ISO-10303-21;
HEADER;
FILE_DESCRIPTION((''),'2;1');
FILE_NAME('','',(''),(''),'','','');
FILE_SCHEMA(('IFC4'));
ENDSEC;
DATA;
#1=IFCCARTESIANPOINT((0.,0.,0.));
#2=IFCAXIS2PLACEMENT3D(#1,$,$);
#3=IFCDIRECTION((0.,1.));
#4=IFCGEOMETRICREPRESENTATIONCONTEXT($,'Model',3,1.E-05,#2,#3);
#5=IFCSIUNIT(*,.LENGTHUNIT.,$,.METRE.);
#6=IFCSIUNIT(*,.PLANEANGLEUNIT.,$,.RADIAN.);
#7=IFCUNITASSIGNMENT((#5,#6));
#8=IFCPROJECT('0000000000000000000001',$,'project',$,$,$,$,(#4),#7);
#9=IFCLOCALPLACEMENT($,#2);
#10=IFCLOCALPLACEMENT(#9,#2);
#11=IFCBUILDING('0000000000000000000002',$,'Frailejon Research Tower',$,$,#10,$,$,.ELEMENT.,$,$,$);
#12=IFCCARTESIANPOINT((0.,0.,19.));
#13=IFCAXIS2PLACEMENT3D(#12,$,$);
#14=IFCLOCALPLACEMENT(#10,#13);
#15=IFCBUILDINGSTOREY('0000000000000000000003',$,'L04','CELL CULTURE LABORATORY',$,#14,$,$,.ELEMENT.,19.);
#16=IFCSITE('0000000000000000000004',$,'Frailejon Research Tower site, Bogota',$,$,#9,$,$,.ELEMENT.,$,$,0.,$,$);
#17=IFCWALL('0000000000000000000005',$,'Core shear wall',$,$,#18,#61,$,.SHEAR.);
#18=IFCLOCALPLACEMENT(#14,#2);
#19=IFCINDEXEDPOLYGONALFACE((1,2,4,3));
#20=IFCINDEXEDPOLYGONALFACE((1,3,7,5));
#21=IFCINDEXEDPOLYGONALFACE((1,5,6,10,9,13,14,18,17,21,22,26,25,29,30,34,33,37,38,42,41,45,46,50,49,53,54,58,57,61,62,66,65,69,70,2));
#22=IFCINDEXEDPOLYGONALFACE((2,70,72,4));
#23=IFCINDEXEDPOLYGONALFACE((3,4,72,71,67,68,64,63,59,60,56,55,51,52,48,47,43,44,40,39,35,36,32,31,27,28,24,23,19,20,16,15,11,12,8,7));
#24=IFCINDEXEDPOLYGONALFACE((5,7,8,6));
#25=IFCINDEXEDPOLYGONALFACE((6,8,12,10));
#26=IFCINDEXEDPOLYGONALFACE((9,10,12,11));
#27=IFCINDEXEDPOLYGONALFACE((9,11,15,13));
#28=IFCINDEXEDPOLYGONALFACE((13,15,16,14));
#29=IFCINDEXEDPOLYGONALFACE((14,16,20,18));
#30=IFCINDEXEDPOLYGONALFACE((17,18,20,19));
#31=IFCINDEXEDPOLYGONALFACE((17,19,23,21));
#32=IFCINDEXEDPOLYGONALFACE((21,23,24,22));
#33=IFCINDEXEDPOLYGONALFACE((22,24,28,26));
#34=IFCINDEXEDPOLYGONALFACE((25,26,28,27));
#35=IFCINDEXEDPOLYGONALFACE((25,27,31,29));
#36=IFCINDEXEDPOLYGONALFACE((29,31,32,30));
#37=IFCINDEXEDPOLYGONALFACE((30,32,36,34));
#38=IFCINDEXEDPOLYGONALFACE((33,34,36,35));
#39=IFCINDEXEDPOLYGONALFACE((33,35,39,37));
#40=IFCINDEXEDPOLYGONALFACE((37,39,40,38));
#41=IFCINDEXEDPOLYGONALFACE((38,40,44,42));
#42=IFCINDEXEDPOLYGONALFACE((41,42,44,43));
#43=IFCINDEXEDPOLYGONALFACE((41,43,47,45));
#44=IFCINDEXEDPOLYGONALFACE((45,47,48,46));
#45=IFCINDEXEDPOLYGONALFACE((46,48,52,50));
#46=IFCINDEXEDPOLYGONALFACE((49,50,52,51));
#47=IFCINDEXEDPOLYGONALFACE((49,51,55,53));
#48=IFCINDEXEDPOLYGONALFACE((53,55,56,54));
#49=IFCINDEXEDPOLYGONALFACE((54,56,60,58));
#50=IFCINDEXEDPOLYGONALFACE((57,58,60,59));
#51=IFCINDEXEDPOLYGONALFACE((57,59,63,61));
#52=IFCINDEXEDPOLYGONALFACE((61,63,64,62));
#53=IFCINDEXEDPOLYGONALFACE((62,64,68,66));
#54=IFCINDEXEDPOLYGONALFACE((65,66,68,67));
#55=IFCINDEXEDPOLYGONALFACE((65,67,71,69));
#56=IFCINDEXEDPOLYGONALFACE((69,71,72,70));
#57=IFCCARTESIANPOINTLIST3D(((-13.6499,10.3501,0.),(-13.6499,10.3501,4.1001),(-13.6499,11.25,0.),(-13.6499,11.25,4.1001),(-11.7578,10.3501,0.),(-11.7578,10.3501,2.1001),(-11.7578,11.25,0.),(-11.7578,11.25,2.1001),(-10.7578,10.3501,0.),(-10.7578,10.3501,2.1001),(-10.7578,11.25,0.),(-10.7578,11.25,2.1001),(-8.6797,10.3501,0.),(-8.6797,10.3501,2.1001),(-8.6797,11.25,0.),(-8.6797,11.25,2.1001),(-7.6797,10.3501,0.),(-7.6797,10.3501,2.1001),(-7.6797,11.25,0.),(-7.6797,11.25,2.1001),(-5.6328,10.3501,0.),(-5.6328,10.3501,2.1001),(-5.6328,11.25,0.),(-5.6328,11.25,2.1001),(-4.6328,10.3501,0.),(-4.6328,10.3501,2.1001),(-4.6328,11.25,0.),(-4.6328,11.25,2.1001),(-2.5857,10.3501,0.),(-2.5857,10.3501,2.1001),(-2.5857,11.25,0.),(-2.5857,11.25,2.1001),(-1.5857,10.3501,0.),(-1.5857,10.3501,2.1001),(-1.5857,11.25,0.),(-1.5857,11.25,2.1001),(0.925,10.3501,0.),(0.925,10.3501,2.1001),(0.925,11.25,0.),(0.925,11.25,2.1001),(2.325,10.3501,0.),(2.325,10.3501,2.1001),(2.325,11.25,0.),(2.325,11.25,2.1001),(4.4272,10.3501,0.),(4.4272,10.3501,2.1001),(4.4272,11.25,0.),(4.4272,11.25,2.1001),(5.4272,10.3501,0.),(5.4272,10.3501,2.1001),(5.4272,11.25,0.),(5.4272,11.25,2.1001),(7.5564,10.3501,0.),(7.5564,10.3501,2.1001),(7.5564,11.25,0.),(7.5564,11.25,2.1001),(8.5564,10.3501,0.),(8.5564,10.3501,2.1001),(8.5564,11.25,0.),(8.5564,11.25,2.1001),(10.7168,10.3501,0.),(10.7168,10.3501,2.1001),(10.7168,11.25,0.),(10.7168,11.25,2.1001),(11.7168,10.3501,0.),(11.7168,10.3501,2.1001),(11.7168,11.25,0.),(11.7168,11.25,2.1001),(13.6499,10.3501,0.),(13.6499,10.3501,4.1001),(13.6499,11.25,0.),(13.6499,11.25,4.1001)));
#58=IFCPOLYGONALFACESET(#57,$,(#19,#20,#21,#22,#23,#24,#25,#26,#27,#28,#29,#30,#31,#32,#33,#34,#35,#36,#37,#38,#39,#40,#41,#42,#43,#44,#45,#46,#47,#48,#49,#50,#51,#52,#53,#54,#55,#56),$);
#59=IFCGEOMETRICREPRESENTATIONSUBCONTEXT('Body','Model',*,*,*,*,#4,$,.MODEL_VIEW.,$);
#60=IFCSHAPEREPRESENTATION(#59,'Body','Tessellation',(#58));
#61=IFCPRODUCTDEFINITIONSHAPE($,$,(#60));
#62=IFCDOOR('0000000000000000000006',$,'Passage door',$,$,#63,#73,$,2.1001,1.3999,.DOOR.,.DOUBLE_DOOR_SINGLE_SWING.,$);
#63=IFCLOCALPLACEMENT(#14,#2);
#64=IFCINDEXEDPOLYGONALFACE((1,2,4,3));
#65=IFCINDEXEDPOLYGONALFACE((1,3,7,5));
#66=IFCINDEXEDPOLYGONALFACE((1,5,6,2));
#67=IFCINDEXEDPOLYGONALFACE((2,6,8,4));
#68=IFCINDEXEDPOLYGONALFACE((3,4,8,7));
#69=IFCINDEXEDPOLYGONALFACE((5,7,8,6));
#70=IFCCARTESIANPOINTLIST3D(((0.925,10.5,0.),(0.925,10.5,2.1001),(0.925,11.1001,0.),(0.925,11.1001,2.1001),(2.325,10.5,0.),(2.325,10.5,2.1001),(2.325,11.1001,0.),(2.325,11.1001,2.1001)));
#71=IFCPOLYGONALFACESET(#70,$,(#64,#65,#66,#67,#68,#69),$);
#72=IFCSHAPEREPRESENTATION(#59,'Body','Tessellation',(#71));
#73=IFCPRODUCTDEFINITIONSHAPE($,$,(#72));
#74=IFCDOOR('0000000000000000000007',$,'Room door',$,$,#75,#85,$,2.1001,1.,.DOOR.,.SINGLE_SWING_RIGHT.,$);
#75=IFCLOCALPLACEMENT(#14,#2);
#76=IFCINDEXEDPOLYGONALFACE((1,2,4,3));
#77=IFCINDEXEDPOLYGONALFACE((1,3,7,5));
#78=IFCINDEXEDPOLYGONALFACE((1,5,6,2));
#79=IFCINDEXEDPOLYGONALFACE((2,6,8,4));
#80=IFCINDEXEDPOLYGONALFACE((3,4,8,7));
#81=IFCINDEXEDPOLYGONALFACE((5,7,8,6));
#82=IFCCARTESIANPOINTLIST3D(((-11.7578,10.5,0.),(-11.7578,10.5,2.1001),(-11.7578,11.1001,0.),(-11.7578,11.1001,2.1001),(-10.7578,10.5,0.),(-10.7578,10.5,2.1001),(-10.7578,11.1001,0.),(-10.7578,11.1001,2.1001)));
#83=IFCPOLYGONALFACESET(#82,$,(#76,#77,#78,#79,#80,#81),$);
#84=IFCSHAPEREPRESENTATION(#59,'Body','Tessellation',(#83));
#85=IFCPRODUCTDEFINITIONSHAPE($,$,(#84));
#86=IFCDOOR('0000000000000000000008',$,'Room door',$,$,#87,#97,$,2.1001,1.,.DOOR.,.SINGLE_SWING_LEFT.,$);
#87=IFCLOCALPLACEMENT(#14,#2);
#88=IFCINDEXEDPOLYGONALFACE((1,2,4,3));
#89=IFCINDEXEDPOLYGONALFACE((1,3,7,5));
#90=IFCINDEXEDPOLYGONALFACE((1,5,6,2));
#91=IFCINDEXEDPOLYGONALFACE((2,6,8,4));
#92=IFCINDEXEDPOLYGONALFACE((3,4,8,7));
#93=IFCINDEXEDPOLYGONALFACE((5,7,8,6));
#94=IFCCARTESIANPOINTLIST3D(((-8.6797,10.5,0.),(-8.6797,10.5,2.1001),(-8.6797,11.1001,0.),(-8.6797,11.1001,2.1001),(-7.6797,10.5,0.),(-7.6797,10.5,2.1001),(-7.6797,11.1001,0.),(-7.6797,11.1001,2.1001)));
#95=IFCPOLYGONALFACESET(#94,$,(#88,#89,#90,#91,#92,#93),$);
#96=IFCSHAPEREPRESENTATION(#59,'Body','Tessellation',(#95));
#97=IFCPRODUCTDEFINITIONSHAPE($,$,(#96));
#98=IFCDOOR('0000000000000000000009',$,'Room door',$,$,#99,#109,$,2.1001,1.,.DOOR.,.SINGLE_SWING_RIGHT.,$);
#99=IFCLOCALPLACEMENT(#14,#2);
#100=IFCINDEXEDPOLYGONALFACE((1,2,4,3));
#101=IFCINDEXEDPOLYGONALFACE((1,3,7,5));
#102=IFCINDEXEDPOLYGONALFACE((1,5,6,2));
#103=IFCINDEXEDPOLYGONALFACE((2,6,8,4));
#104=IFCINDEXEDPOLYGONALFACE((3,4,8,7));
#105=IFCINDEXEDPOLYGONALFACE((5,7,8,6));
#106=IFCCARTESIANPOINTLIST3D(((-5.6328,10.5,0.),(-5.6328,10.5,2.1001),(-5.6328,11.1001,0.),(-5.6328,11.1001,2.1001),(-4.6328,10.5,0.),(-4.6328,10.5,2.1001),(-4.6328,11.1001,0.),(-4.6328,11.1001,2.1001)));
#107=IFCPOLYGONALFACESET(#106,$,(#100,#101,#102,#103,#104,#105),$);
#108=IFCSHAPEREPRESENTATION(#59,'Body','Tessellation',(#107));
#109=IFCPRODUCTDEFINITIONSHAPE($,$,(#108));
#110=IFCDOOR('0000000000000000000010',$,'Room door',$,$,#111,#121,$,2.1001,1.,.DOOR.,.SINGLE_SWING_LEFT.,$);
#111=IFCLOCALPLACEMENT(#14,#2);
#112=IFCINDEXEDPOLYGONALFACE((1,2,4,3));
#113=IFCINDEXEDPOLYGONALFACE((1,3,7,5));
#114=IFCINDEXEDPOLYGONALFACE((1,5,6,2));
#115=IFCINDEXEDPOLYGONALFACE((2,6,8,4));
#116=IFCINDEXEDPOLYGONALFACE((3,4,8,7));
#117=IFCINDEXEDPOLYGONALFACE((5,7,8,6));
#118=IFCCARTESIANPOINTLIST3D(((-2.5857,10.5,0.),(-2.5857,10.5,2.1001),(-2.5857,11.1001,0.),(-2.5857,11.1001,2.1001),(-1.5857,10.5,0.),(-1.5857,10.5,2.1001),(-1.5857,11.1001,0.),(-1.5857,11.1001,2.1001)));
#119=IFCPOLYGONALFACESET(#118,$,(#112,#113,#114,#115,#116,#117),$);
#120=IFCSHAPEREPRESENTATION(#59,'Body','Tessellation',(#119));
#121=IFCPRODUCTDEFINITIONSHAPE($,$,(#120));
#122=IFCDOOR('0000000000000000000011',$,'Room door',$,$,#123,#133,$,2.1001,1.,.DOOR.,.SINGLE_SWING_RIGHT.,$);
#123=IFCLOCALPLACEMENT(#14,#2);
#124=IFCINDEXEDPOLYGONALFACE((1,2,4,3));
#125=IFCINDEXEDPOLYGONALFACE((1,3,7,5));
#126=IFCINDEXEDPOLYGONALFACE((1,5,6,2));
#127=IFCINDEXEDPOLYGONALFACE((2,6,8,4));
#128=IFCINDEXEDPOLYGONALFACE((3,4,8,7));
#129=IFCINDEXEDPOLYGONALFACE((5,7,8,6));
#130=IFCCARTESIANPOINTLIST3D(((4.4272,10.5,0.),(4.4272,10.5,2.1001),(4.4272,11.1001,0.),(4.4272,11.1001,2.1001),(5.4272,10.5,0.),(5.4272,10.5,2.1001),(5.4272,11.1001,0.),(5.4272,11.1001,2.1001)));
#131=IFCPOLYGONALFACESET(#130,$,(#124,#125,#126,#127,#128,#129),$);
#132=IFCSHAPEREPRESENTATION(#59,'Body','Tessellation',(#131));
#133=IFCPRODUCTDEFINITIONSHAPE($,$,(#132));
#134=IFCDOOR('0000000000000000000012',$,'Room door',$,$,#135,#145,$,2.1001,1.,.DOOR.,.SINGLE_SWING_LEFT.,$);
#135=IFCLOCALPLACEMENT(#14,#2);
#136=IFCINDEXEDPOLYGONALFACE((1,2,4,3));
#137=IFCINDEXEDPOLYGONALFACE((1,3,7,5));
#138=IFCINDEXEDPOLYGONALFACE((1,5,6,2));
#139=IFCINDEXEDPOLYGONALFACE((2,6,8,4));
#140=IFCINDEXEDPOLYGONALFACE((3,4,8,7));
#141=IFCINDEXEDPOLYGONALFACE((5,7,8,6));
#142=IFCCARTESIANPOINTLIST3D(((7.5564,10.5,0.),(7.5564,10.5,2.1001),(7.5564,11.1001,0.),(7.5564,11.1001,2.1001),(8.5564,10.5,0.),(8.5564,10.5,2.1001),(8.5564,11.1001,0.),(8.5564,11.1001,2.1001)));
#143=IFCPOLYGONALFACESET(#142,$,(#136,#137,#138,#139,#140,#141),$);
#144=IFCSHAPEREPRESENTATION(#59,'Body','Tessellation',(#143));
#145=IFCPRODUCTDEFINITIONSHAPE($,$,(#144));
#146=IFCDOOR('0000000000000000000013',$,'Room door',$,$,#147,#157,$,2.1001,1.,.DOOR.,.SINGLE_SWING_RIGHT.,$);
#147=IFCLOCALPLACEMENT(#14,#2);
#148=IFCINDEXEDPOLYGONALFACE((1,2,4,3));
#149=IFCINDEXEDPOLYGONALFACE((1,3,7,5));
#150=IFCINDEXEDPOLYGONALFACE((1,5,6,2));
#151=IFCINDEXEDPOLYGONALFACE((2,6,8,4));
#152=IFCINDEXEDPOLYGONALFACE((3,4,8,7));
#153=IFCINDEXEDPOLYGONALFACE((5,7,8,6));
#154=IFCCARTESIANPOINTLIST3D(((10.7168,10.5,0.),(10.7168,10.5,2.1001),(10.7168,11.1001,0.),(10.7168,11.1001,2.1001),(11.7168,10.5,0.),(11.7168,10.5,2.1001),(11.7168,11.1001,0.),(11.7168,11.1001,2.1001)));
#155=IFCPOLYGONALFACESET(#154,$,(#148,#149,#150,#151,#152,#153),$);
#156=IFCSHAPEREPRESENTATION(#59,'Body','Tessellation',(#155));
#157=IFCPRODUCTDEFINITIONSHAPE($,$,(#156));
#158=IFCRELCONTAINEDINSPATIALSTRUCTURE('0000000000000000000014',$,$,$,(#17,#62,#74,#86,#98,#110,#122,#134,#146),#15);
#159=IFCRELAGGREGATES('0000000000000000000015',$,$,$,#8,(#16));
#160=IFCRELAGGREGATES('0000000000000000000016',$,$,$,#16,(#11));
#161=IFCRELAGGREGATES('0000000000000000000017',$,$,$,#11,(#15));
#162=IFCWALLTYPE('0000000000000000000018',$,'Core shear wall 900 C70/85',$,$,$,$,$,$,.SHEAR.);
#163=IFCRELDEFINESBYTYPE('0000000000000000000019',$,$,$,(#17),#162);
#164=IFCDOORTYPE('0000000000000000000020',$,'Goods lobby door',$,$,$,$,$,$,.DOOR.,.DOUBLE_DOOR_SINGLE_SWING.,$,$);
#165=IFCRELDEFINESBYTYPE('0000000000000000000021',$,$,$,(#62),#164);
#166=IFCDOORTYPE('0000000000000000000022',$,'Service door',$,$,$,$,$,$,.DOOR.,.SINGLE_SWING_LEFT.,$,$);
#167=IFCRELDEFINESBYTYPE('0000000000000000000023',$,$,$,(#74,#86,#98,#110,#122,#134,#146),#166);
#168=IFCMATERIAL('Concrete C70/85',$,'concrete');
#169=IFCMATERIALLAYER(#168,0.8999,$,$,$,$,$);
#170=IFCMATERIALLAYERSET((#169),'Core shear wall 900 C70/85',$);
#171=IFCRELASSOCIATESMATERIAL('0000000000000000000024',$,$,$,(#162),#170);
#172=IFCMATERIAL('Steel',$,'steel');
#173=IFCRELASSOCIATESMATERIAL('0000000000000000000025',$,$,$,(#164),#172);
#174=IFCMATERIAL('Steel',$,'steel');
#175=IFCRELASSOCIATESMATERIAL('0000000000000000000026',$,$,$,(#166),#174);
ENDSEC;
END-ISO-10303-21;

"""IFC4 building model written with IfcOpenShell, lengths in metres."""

from ifc_helpers import new_model, si_unit, direction, frame, frame_2d, origin, place, context, subcontext, project, spatial, rectangle, extrude, material, layer, layer_set, type_object, element, fill, save


model = new_model("IFC4")

# Units and contexts
model_context = context("Model", 3, precision=1e-05, world=origin(), true_north=direction((0.0, 1.0)))
body_context = subcontext(model_context, "Body", "Model", "MODEL_VIEW")
ifc_project = project(units=[si_unit("LENGTHUNIT", "METRE"), si_unit("PLANEANGLEUNIT", "RADIAN")], contexts=[model_context])

# Site, building, storey
site_placement = place(None, origin())
site = spatial("IfcSite", under=ifc_project, at=site_placement, Name="Frailejon Research Tower site, Bogota", CompositionType="ELEMENT", RefElevation=0.0)
building_placement = place(site_placement, origin())
building = spatial("IfcBuilding", under=site, at=building_placement, Name="Frailejon Research Tower", CompositionType="ELEMENT")
storey_placement = place(building_placement, frame((0.0, 0.0, 19.0)))
storey = spatial("IfcBuildingStorey", under=building, at=storey_placement, Name="L04", Description="CELL CULTURE LABORATORY", CompositionType="ELEMENT", Elevation=19.0)

# Wall, openings, doors
ifc_material_1 = material(Name="Concrete C70/85", Category="concrete")
ifc_layer_1 = layer(ifc_material_1, 0.8999)
ifc_layer_set_1 = layer_set([ifc_layer_1], Name="Core shear wall 900 C70/85")
wall_type_1 = type_object("IfcWallType", Name="Core shear wall 900 C70/85", PredefinedType="SHEAR", material=ifc_layer_set_1)
wall_1_placement = place(storey_placement, frame((-13.6499, 10.8, 0.0), z_axis=(0.0, 0.0, 1.0), x_axis=(1.0, 0.0, 0.0)))
wall_1 = element("IfcWall", 1, at=wall_1_placement, inside=storey, type_object=wall_type_1, Name="Core shear wall", PredefinedType="SHEAR", context=body_context, shape_type="SweptSolid", body=[
    extrude(rectangle(XDim=27.2998, YDim=0.8999, at=frame_2d((13.6499, 0.0))), origin(), (0.0, 0.0, 1.0), 4.1001),
])
opening_1_placement = place(wall_1_placement, frame((1.8921, 0.0, 0.0)))
opening_1 = element("IfcOpeningElement", 2, at=opening_1_placement, cuts=wall_1, PredefinedType="OPENING", context=body_context, shape_type="SweptSolid", body=[
    extrude(rectangle(XDim=1.0, YDim=2.1001, at=frame_2d((0.5, 1.05))), frame((0.0, 0.46, 0.0), z_axis=(0.0, -1.0, 0.0), x_axis=(1.0, 0.0, 0.0)), (0.0, 0.0, 1.0), 0.9199),
])
opening_2_placement = place(wall_1_placement, frame((4.9702, 0.0, 0.0)))
opening_2 = element("IfcOpeningElement", 3, at=opening_2_placement, cuts=wall_1, PredefinedType="OPENING", context=body_context, shape_type="SweptSolid", body=[
    extrude(rectangle(XDim=1.0, YDim=2.1001, at=frame_2d((0.5, 1.05))), frame((0.0, 0.46, 0.0), z_axis=(0.0, -1.0, 0.0), x_axis=(1.0, 0.0, 0.0)), (0.0, 0.0, 1.0), 0.9199),
])
opening_3_placement = place(wall_1_placement, frame((8.0171, 0.0, 0.0)))
opening_3 = element("IfcOpeningElement", 4, at=opening_3_placement, cuts=wall_1, PredefinedType="OPENING", context=body_context, shape_type="SweptSolid", body=[
    extrude(rectangle(XDim=1.0, YDim=2.1001, at=frame_2d((0.5, 1.05))), frame((0.0, 0.46, 0.0), z_axis=(0.0, -1.0, 0.0), x_axis=(1.0, 0.0, 0.0)), (0.0, 0.0, 1.0), 0.9199),
])
opening_4_placement = place(wall_1_placement, frame((11.0642, 0.0, 0.0)))
opening_4 = element("IfcOpeningElement", 5, at=opening_4_placement, cuts=wall_1, PredefinedType="OPENING", context=body_context, shape_type="SweptSolid", body=[
    extrude(rectangle(XDim=1.0, YDim=2.1001, at=frame_2d((0.5, 1.05))), frame((0.0, 0.46, 0.0), z_axis=(0.0, -1.0, 0.0), x_axis=(1.0, 0.0, 0.0)), (0.0, 0.0, 1.0), 0.9199),
])
opening_5_placement = place(wall_1_placement, frame((18.0771, 0.0, 0.0)))
opening_5 = element("IfcOpeningElement", 6, at=opening_5_placement, cuts=wall_1, PredefinedType="OPENING", context=body_context, shape_type="SweptSolid", body=[
    extrude(rectangle(XDim=1.0, YDim=2.1001, at=frame_2d((0.5, 1.05))), frame((0.0, 0.46, 0.0), z_axis=(0.0, -1.0, 0.0), x_axis=(1.0, 0.0, 0.0)), (0.0, 0.0, 1.0), 0.9199),
])
opening_6_placement = place(wall_1_placement, frame((21.2063, 0.0, 0.0)))
opening_6 = element("IfcOpeningElement", 7, at=opening_6_placement, cuts=wall_1, PredefinedType="OPENING", context=body_context, shape_type="SweptSolid", body=[
    extrude(rectangle(XDim=1.0, YDim=2.1001, at=frame_2d((0.5, 1.05))), frame((0.0, 0.46, 0.0), z_axis=(0.0, -1.0, 0.0), x_axis=(1.0, 0.0, 0.0)), (0.0, 0.0, 1.0), 0.9199),
])
opening_7_placement = place(wall_1_placement, frame((24.3667, 0.0, 0.0)))
opening_7 = element("IfcOpeningElement", 8, at=opening_7_placement, cuts=wall_1, PredefinedType="OPENING", context=body_context, shape_type="SweptSolid", body=[
    extrude(rectangle(XDim=1.0, YDim=2.1001, at=frame_2d((0.5, 1.05))), frame((0.0, 0.46, 0.0), z_axis=(0.0, -1.0, 0.0), x_axis=(1.0, 0.0, 0.0)), (0.0, 0.0, 1.0), 0.9199),
])
opening_8_placement = place(wall_1_placement, frame((14.575, 0.0, 0.0)))
opening_8 = element("IfcOpeningElement", 9, at=opening_8_placement, cuts=wall_1, PredefinedType="OPENING", context=body_context, shape_type="SweptSolid", body=[
    extrude(rectangle(XDim=1.3999, YDim=2.1001, at=frame_2d((0.7, 1.05))), frame((0.0, 0.46, 0.0), z_axis=(0.0, -1.0, 0.0), x_axis=(1.0, 0.0, 0.0)), (0.0, 0.0, 1.0), 0.9199),
])
ifc_material_2 = material(Name="Steel", Category="steel")
door_type_1 = type_object("IfcDoorType", Name="Goods lobby door", OperationType="DOUBLE_DOOR_SINGLE_SWING", PredefinedType="DOOR", material=ifc_material_2)
door_1_placement = place(opening_8_placement, origin())
door_1 = element("IfcDoor", 10, at=door_1_placement, inside=storey, type_object=door_type_1, Name="Passage door", OperationType="DOUBLE_DOOR_SINGLE_SWING", OverallHeight=2.1001, OverallWidth=1.3999, PredefinedType="DOOR", context=body_context, shape_type="SweptSolid", body=[
    extrude(rectangle(XDim=1.3999, YDim=2.1001, at=frame_2d((0.7, 1.05))), frame((0.0, 0.3, 0.0), z_axis=(0.0, -1.0, 0.0), x_axis=(1.0, 0.0, 0.0)), (0.0, 0.0, 1.0), 0.6001),
])
fill(opening_8, door_1)
ifc_material_3 = material(Name="Steel", Category="steel")
door_type_2 = type_object("IfcDoorType", Name="Service door", OperationType="SINGLE_SWING_LEFT", PredefinedType="DOOR", material=ifc_material_3)
door_2_placement = place(opening_1_placement, origin())
door_2 = element("IfcDoor", 11, at=door_2_placement, inside=storey, type_object=door_type_2, Name="Room door", OperationType="SINGLE_SWING_RIGHT", OverallHeight=2.1001, OverallWidth=1.0, PredefinedType="DOOR", context=body_context, shape_type="SweptSolid", body=[
    extrude(rectangle(XDim=1.0, YDim=2.1001, at=frame_2d((0.5, 1.05))), frame((0.0, 0.3, 0.0), z_axis=(0.0, -1.0, 0.0), x_axis=(1.0, 0.0, 0.0)), (0.0, 0.0, 1.0), 0.6001),
])
fill(opening_1, door_2)
door_3_placement = place(opening_2_placement, origin())
door_3 = element("IfcDoor", 12, at=door_3_placement, inside=storey, type_object=door_type_2, Name="Room door", OperationType="SINGLE_SWING_LEFT", OverallHeight=2.1001, OverallWidth=1.0, PredefinedType="DOOR", context=body_context, shape_type="SweptSolid", body=[
    extrude(rectangle(XDim=1.0, YDim=2.1001, at=frame_2d((0.5, 1.05))), frame((0.0, 0.3, 0.0), z_axis=(0.0, -1.0, 0.0), x_axis=(1.0, 0.0, 0.0)), (0.0, 0.0, 1.0), 0.6001),
])
fill(opening_2, door_3)
door_4_placement = place(opening_3_placement, origin())
door_4 = element("IfcDoor", 13, at=door_4_placement, inside=storey, type_object=door_type_2, Name="Room door", OperationType="SINGLE_SWING_RIGHT", OverallHeight=2.1001, OverallWidth=1.0, PredefinedType="DOOR", context=body_context, shape_type="SweptSolid", body=[
    extrude(rectangle(XDim=1.0, YDim=2.1001, at=frame_2d((0.5, 1.05))), frame((0.0, 0.3, 0.0), z_axis=(0.0, -1.0, 0.0), x_axis=(1.0, 0.0, 0.0)), (0.0, 0.0, 1.0), 0.6001),
])
fill(opening_3, door_4)
door_5_placement = place(opening_4_placement, origin())
door_5 = element("IfcDoor", 14, at=door_5_placement, inside=storey, type_object=door_type_2, Name="Room door", OperationType="SINGLE_SWING_LEFT", OverallHeight=2.1001, OverallWidth=1.0, PredefinedType="DOOR", context=body_context, shape_type="SweptSolid", body=[
    extrude(rectangle(XDim=1.0, YDim=2.1001, at=frame_2d((0.5, 1.05))), frame((0.0, 0.3, 0.0), z_axis=(0.0, -1.0, 0.0), x_axis=(1.0, 0.0, 0.0)), (0.0, 0.0, 1.0), 0.6001),
])
fill(opening_4, door_5)
door_6_placement = place(opening_5_placement, origin())
door_6 = element("IfcDoor", 15, at=door_6_placement, inside=storey, type_object=door_type_2, Name="Room door", OperationType="SINGLE_SWING_RIGHT", OverallHeight=2.1001, OverallWidth=1.0, PredefinedType="DOOR", context=body_context, shape_type="SweptSolid", body=[
    extrude(rectangle(XDim=1.0, YDim=2.1001, at=frame_2d((0.5, 1.05))), frame((0.0, 0.3, 0.0), z_axis=(0.0, -1.0, 0.0), x_axis=(1.0, 0.0, 0.0)), (0.0, 0.0, 1.0), 0.6001),
])
fill(opening_5, door_6)
door_7_placement = place(opening_6_placement, origin())
door_7 = element("IfcDoor", 16, at=door_7_placement, inside=storey, type_object=door_type_2, Name="Room door", OperationType="SINGLE_SWING_LEFT", OverallHeight=2.1001, OverallWidth=1.0, PredefinedType="DOOR", context=body_context, shape_type="SweptSolid", body=[
    extrude(rectangle(XDim=1.0, YDim=2.1001, at=frame_2d((0.5, 1.05))), frame((0.0, 0.3, 0.0), z_axis=(0.0, -1.0, 0.0), x_axis=(1.0, 0.0, 0.0)), (0.0, 0.0, 1.0), 0.6001),
])
fill(opening_6, door_7)
door_8_placement = place(opening_7_placement, origin())
door_8 = element("IfcDoor", 17, at=door_8_placement, inside=storey, type_object=door_type_2, Name="Room door", OperationType="SINGLE_SWING_RIGHT", OverallHeight=2.1001, OverallWidth=1.0, PredefinedType="DOOR", context=body_context, shape_type="SweptSolid", body=[
    extrude(rectangle(XDim=1.0, YDim=2.1001, at=frame_2d((0.5, 1.05))), frame((0.0, 0.3, 0.0), z_axis=(0.0, -1.0, 0.0), x_axis=(1.0, 0.0, 0.0)), (0.0, 0.0, 1.0), 0.6001),
])
fill(opening_7, door_8)

save(model, "model.ifc")
